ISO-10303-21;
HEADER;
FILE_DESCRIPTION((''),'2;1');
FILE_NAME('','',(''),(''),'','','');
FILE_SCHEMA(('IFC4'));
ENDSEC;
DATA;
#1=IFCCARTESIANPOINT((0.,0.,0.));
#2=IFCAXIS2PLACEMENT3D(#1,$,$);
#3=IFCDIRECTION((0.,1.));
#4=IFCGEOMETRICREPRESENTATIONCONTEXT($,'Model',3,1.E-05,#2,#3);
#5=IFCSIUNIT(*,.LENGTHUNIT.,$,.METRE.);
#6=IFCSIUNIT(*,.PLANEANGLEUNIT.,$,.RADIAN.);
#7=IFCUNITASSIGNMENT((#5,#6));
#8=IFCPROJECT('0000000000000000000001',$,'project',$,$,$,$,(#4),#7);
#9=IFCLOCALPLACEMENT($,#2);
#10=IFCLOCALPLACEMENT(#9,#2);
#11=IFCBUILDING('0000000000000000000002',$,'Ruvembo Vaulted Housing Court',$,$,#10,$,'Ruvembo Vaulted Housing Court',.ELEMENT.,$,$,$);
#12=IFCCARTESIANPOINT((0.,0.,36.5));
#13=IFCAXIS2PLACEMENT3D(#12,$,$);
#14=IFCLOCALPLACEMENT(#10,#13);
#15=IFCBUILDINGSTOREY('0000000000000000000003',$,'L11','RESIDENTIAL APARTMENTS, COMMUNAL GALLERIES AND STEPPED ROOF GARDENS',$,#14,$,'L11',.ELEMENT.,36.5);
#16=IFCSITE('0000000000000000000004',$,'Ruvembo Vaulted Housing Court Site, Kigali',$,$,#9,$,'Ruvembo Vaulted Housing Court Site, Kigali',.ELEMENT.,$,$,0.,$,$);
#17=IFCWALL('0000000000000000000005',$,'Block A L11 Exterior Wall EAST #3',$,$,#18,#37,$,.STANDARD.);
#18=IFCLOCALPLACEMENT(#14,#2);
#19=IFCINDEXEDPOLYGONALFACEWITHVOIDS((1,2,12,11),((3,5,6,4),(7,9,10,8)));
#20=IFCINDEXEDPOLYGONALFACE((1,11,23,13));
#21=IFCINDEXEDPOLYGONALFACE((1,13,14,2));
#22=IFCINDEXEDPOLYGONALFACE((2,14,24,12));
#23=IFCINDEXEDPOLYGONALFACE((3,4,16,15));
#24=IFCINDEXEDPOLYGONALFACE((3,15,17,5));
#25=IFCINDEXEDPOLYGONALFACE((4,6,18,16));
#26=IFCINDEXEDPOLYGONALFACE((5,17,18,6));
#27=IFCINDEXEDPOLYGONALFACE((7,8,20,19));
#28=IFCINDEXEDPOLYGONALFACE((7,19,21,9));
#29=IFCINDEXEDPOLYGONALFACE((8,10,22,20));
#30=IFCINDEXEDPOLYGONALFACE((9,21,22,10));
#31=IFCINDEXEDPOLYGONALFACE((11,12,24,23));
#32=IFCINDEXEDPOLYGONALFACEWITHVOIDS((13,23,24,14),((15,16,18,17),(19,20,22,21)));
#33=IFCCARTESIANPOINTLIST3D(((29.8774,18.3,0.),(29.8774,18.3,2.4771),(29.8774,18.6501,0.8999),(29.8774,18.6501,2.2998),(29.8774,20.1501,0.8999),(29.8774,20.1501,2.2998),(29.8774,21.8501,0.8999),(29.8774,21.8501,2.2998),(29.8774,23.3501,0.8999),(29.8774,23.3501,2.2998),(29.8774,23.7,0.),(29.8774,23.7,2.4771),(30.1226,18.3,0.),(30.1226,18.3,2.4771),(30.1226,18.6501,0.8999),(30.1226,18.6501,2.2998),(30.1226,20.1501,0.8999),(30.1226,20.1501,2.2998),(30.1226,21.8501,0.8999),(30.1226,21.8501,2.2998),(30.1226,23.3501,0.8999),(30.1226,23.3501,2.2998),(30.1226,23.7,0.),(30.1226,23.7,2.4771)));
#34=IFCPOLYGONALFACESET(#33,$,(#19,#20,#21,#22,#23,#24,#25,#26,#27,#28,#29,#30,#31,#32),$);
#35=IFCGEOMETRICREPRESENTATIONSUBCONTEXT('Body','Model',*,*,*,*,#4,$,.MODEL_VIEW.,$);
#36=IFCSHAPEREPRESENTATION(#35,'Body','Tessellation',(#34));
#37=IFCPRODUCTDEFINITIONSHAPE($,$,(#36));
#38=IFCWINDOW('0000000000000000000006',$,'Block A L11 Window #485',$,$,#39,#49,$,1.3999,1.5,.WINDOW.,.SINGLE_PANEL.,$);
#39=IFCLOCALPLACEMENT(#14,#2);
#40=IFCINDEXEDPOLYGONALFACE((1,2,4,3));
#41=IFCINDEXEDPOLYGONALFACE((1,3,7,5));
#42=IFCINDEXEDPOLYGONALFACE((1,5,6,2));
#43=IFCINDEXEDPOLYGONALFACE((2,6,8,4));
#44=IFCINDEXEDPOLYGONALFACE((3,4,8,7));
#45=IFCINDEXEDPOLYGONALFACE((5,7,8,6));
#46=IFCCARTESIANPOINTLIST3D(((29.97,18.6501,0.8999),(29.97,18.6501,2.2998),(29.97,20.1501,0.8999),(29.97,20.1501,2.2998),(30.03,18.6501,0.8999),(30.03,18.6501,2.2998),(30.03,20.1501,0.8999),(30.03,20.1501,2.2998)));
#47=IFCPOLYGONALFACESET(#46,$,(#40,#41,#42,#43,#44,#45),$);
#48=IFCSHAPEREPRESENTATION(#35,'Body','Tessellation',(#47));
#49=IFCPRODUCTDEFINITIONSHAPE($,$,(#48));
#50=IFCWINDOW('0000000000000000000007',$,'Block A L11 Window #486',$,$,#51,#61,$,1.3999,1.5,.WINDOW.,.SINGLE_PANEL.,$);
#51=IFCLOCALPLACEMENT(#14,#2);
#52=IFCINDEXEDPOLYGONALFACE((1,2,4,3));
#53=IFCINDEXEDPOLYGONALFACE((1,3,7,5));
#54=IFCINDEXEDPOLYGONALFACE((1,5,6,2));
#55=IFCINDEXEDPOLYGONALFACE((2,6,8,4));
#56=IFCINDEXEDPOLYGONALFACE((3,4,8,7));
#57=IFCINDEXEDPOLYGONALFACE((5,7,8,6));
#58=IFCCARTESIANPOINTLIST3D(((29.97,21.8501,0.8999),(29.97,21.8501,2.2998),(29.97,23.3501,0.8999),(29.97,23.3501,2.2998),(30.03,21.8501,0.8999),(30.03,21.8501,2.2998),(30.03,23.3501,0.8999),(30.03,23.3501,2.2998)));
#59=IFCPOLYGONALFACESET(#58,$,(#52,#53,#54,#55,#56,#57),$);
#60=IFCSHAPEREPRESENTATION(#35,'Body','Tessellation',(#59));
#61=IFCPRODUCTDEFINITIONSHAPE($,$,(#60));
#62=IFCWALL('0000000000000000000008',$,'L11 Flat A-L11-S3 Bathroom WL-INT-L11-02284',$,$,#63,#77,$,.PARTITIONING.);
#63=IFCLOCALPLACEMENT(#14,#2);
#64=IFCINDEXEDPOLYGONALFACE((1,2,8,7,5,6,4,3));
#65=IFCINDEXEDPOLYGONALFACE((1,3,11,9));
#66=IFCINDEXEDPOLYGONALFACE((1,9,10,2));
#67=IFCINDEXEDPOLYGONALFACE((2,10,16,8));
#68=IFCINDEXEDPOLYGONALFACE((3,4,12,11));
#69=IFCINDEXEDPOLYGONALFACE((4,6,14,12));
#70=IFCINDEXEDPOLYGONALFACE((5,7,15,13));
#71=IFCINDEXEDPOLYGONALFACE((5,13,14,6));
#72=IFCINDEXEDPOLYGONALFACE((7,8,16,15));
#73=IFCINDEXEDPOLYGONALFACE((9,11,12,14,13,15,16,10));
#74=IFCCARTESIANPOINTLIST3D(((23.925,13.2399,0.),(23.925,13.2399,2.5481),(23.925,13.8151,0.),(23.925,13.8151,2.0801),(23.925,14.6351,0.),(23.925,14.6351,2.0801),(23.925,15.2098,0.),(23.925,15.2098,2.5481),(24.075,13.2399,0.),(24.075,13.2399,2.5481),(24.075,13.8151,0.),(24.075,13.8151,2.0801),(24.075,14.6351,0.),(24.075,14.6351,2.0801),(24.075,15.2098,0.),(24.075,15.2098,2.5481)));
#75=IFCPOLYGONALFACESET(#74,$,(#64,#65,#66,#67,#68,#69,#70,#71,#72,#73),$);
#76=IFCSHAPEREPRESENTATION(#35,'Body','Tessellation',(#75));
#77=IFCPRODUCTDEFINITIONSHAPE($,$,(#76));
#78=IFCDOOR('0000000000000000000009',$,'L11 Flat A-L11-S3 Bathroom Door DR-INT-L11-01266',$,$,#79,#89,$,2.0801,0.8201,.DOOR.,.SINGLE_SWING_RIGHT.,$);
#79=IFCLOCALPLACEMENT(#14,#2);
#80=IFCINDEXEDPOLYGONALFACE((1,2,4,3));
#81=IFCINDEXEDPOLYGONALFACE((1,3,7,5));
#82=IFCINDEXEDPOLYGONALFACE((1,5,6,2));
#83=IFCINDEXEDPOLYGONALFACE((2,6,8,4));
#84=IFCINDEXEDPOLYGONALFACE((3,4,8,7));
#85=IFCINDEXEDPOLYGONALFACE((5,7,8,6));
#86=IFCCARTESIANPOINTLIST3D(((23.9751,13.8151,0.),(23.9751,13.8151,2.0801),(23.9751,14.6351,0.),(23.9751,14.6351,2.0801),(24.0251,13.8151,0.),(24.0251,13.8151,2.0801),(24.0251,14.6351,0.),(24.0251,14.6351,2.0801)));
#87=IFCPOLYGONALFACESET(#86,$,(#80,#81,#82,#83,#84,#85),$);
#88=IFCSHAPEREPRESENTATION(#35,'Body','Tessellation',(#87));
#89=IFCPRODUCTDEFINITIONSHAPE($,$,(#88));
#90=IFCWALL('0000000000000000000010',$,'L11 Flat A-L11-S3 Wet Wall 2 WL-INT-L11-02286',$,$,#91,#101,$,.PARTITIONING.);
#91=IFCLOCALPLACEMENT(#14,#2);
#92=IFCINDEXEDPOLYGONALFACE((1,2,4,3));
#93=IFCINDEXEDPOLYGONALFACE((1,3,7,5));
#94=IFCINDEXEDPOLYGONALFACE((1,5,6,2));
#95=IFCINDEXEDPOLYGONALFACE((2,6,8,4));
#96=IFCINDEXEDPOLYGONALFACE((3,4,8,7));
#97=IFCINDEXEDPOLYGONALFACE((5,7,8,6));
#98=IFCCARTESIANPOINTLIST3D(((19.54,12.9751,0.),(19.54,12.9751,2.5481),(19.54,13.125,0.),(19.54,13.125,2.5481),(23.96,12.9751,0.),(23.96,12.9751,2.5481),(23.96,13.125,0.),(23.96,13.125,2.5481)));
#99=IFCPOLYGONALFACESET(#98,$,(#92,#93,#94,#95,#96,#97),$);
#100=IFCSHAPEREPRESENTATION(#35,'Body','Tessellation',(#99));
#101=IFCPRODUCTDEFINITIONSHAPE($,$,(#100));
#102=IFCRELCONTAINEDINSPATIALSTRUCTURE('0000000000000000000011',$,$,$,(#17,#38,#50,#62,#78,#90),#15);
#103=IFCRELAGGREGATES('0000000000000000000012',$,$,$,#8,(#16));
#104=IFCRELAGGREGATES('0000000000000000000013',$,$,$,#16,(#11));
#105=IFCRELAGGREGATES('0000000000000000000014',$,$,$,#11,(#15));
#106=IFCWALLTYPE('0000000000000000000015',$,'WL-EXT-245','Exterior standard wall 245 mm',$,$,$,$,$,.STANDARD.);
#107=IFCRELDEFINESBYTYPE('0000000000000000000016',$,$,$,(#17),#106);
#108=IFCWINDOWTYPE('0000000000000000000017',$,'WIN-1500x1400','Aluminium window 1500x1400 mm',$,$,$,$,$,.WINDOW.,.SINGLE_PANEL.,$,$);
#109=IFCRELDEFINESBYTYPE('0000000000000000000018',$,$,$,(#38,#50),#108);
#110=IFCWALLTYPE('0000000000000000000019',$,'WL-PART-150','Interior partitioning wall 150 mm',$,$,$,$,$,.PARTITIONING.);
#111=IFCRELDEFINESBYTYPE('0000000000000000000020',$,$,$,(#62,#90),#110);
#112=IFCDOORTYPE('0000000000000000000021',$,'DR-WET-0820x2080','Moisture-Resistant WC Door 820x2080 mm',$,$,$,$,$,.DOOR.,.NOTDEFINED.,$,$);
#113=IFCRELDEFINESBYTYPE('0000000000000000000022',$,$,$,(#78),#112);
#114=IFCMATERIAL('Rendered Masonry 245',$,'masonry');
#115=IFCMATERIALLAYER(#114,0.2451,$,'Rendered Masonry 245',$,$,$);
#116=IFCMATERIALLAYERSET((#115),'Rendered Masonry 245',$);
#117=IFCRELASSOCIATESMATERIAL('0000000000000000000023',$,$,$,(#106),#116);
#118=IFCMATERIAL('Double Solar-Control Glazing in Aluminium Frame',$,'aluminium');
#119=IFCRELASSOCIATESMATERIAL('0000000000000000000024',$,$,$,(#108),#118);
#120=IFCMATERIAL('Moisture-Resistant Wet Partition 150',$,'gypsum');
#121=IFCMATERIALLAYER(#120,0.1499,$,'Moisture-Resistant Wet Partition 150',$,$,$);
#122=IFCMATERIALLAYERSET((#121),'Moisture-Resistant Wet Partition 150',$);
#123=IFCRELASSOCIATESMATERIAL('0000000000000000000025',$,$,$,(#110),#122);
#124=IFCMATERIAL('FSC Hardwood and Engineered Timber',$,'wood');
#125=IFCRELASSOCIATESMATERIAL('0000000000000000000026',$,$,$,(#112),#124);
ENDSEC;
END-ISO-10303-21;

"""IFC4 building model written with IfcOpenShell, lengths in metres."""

from ifc_helpers import new_model, si_unit, direction, frame, frame_2d, origin, place, context, subcontext, project, spatial, rectangle, extrude, material, layer, layer_set, type_object, element, fill, save


model = new_model("IFC4")

# Units and contexts
model_context = context("Model", 3, precision=1e-05, world=origin(), true_north=direction((0.0, 1.0)))
body_context = subcontext(model_context, "Body", "Model", "MODEL_VIEW")
ifc_project = project(units=[si_unit("LENGTHUNIT", "METRE"), si_unit("PLANEANGLEUNIT", "RADIAN")], contexts=[model_context])

# Site, building, storey
site_placement = place(None, origin())
site = spatial("IfcSite", under=ifc_project, at=site_placement, Name="Ruvembo Vaulted Housing Court Site, Kigali", LongName="Ruvembo Vaulted Housing Court Site, Kigali", CompositionType="ELEMENT", RefElevation=0.0)
building_placement = place(site_placement, origin())
building = spatial("IfcBuilding", under=site, at=building_placement, Name="Ruvembo Vaulted Housing Court", LongName="Ruvembo Vaulted Housing Court", CompositionType="ELEMENT")
storey_placement = place(building_placement, frame((0.0, 0.0, 36.5)))
storey = spatial("IfcBuildingStorey", under=building, at=storey_placement, Name="L11", Description="RESIDENTIAL APARTMENTS, COMMUNAL GALLERIES AND STEPPED ROOF GARDENS", LongName="L11", CompositionType="ELEMENT", Elevation=36.5)

# Shared definitions
ifc_material_1 = material(Name="FSC Hardwood and Engineered Timber", Category="wood")

# Wall, openings, windows
ifc_material_2 = material(Name="Rendered Masonry 245", Category="masonry")
ifc_layer_1 = layer(ifc_material_2, 0.2451, Name="Rendered Masonry 245")
ifc_layer_set_1 = layer_set([ifc_layer_1], Name="Rendered Masonry 245")
wall_type_1 = type_object("IfcWallType", Name="WL-EXT-245", Description="Exterior standard wall 245 mm", PredefinedType="STANDARD", material=ifc_layer_set_1)
ifc_material_3 = material(Name="Double Solar-Control Glazing in Aluminium Frame", Category="aluminium")
wall_1_placement = place(storey_placement, frame((30.0, 18.3, 0.0), z_axis=(0.0, 0.0, 1.0), x_axis=(0.0, 1.0, 0.0)))
wall_1 = element("IfcWall", 1, at=wall_1_placement, inside=storey, type_object=wall_type_1, Name="Block A L11 Exterior Wall EAST #3", PredefinedType="STANDARD", context=body_context, shape_type="SweptSolid", body=[
    extrude(rectangle(XDim=5.3999, YDim=0.2451, at=frame_2d((2.7, 0.0))), origin(), (0.0, 0.0, 1.0), 2.4771),
])
opening_1_placement = place(wall_1_placement, frame((0.3501, 0.0, 0.8999)))
opening_1 = element("IfcOpeningElement", 2, at=opening_1_placement, cuts=wall_1, PredefinedType="OPENING", context=body_context, shape_type="SweptSolid", body=[
    extrude(rectangle(XDim=1.5, YDim=1.3999, at=frame_2d((0.75, 0.7))), frame((0.0, 0.1326, 0.0), z_axis=(0.0, -1.0, 0.0), x_axis=(1.0, 0.0, 0.0)), (0.0, 0.0, 1.0), 0.2651),
])
opening_2_placement = place(wall_1_placement, frame((3.55, 0.0, 0.8999)))
opening_2 = element("IfcOpeningElement", 3, at=opening_2_placement, cuts=wall_1, PredefinedType="OPENING", context=body_context, shape_type="SweptSolid", body=[
    extrude(rectangle(XDim=1.5, YDim=1.3999, at=frame_2d((0.75, 0.7))), frame((0.0, 0.1326, 0.0), z_axis=(0.0, -1.0, 0.0), x_axis=(1.0, 0.0, 0.0)), (0.0, 0.0, 1.0), 0.2651),
])
window_type_1 = type_object("IfcWindowType", Name="WIN-1500x1400", Description="Aluminium window 1500x1400 mm", PartitioningType="SINGLE_PANEL", PredefinedType="WINDOW", material=ifc_material_3)
window_1_placement = place(opening_1_placement, origin())
window_1 = element("IfcWindow", 4, at=window_1_placement, inside=storey, type_object=window_type_1, Name="Block A L11 Window #485", OverallHeight=1.3999, OverallWidth=1.5, PartitioningType="SINGLE_PANEL", PredefinedType="WINDOW", context=body_context, shape_type="SweptSolid", body=[
    extrude(rectangle(XDim=1.5, YDim=1.3999, at=frame_2d((0.75, 0.7))), frame((0.0, 0.03, 0.0), z_axis=(0.0, -1.0, 0.0), x_axis=(1.0, 0.0, 0.0)), (0.0, 0.0, 1.0), 0.0601),
])
fill(opening_1, window_1)
window_2_placement = place(opening_2_placement, origin())
window_2 = element("IfcWindow", 5, at=window_2_placement, inside=storey, type_object=window_type_1, Name="Block A L11 Window #486", OverallHeight=1.3999, OverallWidth=1.5, PartitioningType="SINGLE_PANEL", PredefinedType="WINDOW", context=body_context, shape_type="SweptSolid", body=[
    extrude(rectangle(XDim=1.5, YDim=1.3999, at=frame_2d((0.75, 0.7))), frame((0.0, 0.03, 0.0), z_axis=(0.0, -1.0, 0.0), x_axis=(1.0, 0.0, 0.0)), (0.0, 0.0, 1.0), 0.0601),
])
fill(opening_2, window_2)

# Wall, opening, door
ifc_material_4 = material(Name="Moisture-Resistant Wet Partition 150", Category="gypsum")
ifc_layer_2 = layer(ifc_material_4, 0.1499, Name="Moisture-Resistant Wet Partition 150")
ifc_layer_set_2 = layer_set([ifc_layer_2], Name="Moisture-Resistant Wet Partition 150")
wall_type_2 = type_object("IfcWallType", Name="WL-PART-150", Description="Interior partitioning wall 150 mm", PredefinedType="PARTITIONING", material=ifc_layer_set_2)
wall_2_placement = place(storey_placement, frame((24.0, 13.24, 0.0), z_axis=(0.0, 0.0, 1.0), x_axis=(0.0, 1.0, 0.0)))
wall_2 = element("IfcWall", 6, at=wall_2_placement, inside=storey, type_object=wall_type_2, Name="L11 Flat A-L11-S3 Bathroom WL-INT-L11-02284", PredefinedType="PARTITIONING", context=body_context, shape_type="SweptSolid", body=[
    extrude(rectangle(XDim=1.97, YDim=0.1499, at=frame_2d((0.9849, 0.0))), origin(), (0.0, 0.0, 1.0), 2.5481),
])
opening_3_placement = place(wall_2_placement, frame((0.575, 0.0, 0.0)))
opening_3 = element("IfcOpeningElement", 7, at=opening_3_placement, cuts=wall_2, PredefinedType="OPENING", context=body_context, shape_type="SweptSolid", body=[
    extrude(rectangle(XDim=0.8201, YDim=2.0801, at=frame_2d((0.4102, 1.04))), frame((0.0, 0.085, 0.0), z_axis=(0.0, -1.0, 0.0), x_axis=(1.0, 0.0, 0.0)), (0.0, 0.0, 1.0), 0.1699),
])
door_type_1 = type_object("IfcDoorType", Name="DR-WET-0820x2080", Description="Moisture-Resistant WC Door 820x2080 mm", OperationType="NOTDEFINED", PredefinedType="DOOR", material=ifc_material_1)
door_1_placement = place(opening_3_placement, origin())
door_1 = element("IfcDoor", 8, at=door_1_placement, inside=storey, type_object=door_type_1, Name="L11 Flat A-L11-S3 Bathroom Door DR-INT-L11-01266", OperationType="SINGLE_SWING_RIGHT", OverallHeight=2.0801, OverallWidth=0.8201, PredefinedType="DOOR", context=body_context, shape_type="SweptSolid", body=[
    extrude(rectangle(XDim=0.8201, YDim=2.0801, at=frame_2d((0.4102, 1.04))), frame((0.0, 0.0249, 0.0), z_axis=(0.0, -1.0, 0.0), x_axis=(1.0, 0.0, 0.0)), (0.0, 0.0, 1.0), 0.05),
])
fill(opening_3, door_1)

# Wall
wall_3_placement = place(storey_placement, frame((19.54, 13.05, 0.0), z_axis=(0.0, 0.0, 1.0), x_axis=(1.0, 0.0, 0.0)))
element("IfcWall", 9, at=wall_3_placement, inside=storey, type_object=wall_type_2, Name="L11 Flat A-L11-S3 Wet Wall 2 WL-INT-L11-02286", PredefinedType="PARTITIONING", context=body_context, shape_type="SweptSolid", body=[
    extrude(rectangle(XDim=4.4199, YDim=0.1499, at=frame_2d((2.21, 0.0))), origin(), (0.0, 0.0, 1.0), 2.5481),
])

save(model, "model.ifc")
